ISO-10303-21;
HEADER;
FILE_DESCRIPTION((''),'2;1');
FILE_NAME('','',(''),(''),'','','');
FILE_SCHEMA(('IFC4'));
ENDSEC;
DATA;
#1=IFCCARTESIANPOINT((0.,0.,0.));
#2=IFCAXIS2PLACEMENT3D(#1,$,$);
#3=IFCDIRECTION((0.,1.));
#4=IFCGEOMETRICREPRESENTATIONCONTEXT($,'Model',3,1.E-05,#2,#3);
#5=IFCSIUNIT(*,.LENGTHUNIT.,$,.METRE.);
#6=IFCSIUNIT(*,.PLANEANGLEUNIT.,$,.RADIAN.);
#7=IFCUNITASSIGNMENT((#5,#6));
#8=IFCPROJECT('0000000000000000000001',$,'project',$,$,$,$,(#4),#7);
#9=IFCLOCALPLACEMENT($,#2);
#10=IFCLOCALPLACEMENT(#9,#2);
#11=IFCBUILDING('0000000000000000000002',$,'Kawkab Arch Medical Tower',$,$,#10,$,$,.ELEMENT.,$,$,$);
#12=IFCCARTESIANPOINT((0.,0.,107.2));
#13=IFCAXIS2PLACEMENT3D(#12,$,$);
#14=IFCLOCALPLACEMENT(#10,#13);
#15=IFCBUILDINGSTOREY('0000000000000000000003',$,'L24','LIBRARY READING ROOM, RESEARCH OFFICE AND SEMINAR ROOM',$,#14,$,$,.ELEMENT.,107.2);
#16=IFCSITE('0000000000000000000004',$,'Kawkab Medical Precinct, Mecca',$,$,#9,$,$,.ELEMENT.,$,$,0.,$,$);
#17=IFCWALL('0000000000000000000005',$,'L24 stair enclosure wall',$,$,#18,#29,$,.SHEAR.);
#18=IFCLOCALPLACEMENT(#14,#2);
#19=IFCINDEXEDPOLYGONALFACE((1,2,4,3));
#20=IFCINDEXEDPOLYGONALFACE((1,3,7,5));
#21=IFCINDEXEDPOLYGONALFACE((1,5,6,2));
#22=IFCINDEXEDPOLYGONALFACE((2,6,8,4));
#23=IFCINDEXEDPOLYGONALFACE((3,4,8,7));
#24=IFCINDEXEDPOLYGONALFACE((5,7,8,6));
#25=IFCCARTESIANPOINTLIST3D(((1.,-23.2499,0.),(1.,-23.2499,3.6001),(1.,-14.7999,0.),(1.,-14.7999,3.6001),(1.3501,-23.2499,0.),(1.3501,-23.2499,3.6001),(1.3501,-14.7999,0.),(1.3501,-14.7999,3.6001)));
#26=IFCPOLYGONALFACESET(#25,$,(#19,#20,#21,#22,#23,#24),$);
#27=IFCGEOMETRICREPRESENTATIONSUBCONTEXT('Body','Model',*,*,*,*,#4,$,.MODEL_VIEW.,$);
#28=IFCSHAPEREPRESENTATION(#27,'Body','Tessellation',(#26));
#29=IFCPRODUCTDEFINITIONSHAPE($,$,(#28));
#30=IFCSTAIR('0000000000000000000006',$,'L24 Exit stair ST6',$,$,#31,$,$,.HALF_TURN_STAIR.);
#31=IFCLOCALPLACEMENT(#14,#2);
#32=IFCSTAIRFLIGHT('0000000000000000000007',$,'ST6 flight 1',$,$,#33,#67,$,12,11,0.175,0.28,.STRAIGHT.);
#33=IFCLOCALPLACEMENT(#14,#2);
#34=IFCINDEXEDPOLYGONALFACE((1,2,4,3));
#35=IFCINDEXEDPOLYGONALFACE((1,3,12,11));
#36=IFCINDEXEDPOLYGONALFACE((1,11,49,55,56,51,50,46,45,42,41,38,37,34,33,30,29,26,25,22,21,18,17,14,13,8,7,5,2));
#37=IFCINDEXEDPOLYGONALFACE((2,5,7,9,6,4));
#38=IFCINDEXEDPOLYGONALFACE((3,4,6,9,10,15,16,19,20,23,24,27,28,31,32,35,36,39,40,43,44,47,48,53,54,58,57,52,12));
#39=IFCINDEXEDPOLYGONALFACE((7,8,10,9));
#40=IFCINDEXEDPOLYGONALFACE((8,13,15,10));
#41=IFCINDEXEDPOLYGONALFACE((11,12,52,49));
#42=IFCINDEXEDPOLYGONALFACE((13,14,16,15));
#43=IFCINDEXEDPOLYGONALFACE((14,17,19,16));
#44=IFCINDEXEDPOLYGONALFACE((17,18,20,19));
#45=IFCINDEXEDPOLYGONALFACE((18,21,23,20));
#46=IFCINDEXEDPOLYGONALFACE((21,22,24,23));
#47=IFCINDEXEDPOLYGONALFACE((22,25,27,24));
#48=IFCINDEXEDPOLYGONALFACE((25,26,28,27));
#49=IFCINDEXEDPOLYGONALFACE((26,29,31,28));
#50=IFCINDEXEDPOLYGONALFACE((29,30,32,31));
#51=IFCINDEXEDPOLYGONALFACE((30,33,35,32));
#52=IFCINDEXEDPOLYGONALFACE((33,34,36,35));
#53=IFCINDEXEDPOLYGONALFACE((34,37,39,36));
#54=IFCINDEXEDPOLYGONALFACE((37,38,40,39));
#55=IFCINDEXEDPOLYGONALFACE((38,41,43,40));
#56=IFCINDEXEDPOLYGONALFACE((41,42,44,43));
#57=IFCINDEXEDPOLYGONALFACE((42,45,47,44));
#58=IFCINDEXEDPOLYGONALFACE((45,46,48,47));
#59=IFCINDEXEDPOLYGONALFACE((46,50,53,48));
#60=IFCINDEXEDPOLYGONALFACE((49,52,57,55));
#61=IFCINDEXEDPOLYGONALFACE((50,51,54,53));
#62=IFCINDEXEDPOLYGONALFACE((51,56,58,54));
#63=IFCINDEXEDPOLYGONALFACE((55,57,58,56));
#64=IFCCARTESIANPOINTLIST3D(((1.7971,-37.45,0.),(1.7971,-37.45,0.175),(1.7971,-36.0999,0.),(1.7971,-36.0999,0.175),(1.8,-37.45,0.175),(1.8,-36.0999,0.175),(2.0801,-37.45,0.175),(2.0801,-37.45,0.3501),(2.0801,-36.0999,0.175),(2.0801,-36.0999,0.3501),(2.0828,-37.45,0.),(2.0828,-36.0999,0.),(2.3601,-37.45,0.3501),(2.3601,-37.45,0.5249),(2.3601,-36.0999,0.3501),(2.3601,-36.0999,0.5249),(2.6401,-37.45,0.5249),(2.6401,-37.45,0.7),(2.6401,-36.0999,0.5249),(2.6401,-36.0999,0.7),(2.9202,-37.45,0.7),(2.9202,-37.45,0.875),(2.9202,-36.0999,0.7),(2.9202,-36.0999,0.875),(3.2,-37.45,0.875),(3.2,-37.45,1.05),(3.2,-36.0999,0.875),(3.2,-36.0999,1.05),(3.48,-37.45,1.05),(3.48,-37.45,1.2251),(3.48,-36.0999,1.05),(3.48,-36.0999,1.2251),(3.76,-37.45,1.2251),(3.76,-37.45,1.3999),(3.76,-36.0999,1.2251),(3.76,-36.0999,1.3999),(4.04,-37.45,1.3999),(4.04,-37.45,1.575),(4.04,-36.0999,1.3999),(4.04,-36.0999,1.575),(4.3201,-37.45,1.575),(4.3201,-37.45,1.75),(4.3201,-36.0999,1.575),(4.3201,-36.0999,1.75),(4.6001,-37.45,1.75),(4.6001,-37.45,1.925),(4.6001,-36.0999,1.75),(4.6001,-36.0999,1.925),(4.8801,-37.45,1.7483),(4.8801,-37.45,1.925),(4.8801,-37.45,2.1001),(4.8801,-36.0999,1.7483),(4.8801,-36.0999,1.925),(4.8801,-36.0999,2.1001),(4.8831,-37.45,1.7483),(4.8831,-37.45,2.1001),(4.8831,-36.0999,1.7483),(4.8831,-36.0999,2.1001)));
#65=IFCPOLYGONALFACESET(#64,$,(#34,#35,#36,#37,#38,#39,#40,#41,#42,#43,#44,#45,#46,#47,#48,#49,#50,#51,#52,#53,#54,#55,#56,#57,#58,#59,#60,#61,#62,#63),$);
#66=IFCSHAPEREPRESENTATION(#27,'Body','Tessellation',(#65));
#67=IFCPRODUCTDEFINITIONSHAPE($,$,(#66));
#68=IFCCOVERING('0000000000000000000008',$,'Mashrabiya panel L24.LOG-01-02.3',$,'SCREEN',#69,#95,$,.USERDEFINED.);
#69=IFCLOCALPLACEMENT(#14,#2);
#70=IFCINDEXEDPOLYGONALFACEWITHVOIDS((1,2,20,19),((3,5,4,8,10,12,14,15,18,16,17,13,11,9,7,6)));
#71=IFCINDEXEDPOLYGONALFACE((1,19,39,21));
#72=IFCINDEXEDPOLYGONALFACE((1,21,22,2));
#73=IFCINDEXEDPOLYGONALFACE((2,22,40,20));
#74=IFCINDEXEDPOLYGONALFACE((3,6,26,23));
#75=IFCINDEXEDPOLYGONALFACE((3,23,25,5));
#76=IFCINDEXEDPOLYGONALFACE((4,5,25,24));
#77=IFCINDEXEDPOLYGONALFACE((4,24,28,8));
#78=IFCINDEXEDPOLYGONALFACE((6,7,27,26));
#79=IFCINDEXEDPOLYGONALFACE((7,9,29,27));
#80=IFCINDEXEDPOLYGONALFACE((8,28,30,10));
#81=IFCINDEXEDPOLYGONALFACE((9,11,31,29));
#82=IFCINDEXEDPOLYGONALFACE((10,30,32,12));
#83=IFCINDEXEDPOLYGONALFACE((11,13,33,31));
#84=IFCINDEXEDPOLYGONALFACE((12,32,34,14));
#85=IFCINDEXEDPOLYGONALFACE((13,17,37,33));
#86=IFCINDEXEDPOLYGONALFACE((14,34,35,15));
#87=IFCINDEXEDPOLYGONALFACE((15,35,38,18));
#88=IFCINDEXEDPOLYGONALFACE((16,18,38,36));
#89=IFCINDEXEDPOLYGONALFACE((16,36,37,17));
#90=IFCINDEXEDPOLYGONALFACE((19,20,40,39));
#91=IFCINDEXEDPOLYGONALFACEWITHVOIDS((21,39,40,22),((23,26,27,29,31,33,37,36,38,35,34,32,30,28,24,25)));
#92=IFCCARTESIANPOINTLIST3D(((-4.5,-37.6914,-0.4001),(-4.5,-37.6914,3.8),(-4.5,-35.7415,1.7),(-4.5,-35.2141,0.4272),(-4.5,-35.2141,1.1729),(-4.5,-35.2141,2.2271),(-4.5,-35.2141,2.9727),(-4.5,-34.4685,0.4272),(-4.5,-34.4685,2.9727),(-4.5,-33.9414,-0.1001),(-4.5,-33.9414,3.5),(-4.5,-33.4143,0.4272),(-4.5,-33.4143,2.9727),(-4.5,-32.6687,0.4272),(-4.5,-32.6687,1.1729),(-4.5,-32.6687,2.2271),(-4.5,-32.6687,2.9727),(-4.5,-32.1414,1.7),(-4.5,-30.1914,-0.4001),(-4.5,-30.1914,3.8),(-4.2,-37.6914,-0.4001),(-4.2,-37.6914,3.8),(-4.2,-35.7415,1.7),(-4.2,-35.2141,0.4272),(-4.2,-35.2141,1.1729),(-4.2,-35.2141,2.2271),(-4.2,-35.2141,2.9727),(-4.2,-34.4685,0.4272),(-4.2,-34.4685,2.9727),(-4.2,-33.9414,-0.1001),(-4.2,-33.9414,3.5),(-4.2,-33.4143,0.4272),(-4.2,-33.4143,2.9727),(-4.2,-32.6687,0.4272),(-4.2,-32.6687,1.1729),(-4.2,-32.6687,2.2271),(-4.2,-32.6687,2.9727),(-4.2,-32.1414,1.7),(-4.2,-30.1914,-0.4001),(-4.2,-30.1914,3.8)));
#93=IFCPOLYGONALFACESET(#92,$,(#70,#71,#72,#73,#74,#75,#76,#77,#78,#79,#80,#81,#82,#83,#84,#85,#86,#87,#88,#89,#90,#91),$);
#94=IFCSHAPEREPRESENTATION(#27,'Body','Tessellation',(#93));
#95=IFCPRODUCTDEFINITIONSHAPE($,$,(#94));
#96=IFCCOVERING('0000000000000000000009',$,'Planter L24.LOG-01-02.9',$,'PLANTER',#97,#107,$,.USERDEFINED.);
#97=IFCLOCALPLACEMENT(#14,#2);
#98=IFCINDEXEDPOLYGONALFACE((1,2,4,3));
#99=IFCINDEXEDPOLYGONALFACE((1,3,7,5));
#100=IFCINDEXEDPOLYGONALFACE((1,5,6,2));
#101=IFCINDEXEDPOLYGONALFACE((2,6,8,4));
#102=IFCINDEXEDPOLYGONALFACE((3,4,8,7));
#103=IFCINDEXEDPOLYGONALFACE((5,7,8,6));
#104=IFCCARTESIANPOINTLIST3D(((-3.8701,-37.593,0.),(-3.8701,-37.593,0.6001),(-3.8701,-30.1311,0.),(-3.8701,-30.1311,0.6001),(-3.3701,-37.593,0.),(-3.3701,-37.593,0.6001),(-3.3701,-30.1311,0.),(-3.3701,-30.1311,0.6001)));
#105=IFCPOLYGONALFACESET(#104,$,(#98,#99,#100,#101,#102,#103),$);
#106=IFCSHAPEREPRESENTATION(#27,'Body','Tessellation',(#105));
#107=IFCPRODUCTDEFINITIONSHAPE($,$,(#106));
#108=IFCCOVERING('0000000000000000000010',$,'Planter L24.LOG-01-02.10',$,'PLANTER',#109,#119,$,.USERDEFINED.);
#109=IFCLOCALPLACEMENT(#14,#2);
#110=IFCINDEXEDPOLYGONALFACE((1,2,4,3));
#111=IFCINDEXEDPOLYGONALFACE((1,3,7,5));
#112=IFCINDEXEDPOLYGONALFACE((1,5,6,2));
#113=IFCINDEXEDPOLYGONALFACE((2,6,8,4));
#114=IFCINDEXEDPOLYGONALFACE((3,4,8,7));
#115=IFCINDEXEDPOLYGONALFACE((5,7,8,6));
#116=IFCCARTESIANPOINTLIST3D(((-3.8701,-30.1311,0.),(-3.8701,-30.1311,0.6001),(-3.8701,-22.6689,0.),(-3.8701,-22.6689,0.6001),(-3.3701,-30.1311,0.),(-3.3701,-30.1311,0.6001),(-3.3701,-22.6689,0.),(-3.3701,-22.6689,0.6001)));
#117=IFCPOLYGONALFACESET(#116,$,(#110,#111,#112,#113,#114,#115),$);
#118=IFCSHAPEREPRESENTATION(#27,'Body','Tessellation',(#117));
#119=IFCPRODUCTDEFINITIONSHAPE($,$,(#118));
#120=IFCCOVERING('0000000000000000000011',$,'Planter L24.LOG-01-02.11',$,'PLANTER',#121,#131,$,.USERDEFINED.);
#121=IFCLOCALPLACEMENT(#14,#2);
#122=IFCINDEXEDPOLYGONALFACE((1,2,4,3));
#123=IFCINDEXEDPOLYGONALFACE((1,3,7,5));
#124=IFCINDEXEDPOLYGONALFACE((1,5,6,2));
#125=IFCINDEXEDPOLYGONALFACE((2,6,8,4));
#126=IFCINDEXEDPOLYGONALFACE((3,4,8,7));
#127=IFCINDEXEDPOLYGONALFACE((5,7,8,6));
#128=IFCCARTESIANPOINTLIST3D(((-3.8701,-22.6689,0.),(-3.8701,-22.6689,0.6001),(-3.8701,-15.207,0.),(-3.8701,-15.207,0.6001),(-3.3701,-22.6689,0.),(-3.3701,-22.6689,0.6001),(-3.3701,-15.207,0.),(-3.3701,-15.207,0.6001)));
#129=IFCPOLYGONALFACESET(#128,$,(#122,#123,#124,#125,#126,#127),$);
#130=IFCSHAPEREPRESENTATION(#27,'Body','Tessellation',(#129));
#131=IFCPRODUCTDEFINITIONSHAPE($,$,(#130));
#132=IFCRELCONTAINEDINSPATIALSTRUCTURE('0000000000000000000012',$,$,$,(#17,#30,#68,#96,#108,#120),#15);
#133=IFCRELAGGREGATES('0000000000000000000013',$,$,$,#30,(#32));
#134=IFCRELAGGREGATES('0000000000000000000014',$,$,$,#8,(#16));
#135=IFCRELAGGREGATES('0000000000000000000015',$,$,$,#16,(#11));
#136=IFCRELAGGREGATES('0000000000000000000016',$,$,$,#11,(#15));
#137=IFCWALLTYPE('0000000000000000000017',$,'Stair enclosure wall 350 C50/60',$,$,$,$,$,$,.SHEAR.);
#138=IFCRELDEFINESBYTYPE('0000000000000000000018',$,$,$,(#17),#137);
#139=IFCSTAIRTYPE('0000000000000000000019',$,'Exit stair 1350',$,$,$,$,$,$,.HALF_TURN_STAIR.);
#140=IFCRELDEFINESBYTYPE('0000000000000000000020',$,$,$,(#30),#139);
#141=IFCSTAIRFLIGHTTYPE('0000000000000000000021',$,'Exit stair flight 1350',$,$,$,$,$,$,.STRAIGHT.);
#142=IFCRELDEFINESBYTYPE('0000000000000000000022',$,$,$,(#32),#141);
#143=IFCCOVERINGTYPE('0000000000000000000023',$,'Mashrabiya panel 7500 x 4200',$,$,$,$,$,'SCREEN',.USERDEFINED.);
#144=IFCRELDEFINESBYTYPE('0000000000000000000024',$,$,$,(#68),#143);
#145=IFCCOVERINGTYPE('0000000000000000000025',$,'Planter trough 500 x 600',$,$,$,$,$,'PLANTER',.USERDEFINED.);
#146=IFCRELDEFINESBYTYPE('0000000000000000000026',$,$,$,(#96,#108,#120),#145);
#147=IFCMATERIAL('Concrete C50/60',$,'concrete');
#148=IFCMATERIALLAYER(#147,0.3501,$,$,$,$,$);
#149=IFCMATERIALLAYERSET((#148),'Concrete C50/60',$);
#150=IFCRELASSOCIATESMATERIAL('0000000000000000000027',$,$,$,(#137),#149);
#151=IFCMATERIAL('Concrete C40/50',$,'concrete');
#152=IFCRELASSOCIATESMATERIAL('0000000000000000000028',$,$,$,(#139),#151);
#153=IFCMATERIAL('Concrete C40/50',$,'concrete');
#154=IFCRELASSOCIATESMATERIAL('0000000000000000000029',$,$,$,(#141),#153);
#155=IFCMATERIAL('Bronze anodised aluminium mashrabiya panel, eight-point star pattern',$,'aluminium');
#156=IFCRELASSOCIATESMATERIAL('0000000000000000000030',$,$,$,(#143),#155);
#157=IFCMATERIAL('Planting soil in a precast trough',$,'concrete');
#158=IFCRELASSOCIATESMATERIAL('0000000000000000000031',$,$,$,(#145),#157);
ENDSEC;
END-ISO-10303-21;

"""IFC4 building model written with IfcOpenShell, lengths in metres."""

from ifc_helpers import new_model, si_unit, direction, frame, frame_2d, origin, origin_2d, place, context, subcontext, project, spatial, polyline, rectangle, outline, extrude, material, layer, layer_set, material_profile, profile_set, type_object, element, aggregate, save


model = new_model("IFC4")

# Units and contexts
model_context = context("Model", 3, precision=1e-05, world=origin(), true_north=direction((0.0, 1.0)))
body_context = subcontext(model_context, "Body", "Model", "MODEL_VIEW")
ifc_project = project(units=[si_unit("LENGTHUNIT", "METRE"), si_unit("PLANEANGLEUNIT", "RADIAN")], contexts=[model_context])

# Site, building, storey
site_placement = place(None, origin())
site = spatial("IfcSite", under=ifc_project, at=site_placement, Name="Kawkab Medical Precinct, Mecca", CompositionType="ELEMENT", RefElevation=0.0)
building_placement = place(site_placement, origin())
building = spatial("IfcBuilding", under=site, at=building_placement, Name="Kawkab Arch Medical Tower", CompositionType="ELEMENT")
storey_placement = place(building_placement, frame((0.0, 0.0, 107.2)))
storey = spatial("IfcBuildingStorey", under=building, at=storey_placement, Name="L24", Description="LIBRARY READING ROOM, RESEARCH OFFICE AND SEMINAR ROOM", CompositionType="ELEMENT", Elevation=107.2)

# Shared definitions
placement = place(storey_placement, origin())

# Wall
ifc_material_1 = material(Name="Concrete C50/60", Category="concrete")
ifc_layer_1 = layer(ifc_material_1, 0.3501)
ifc_layer_set_1 = layer_set([ifc_layer_1], Name="Concrete C50/60")
wall_type_1 = type_object("IfcWallType", Name="Stair enclosure wall 350 C50/60", PredefinedType="SHEAR", material=ifc_layer_set_1)
wall_1_placement = place(storey_placement, frame((1.175, -23.25, 0.0), z_axis=(0.0, 0.0, 1.0), x_axis=(0.0, 1.0, 0.0)))
element("IfcWall", 1, at=wall_1_placement, inside=storey, type_object=wall_type_1, Name="L24 stair enclosure wall", PredefinedType="SHEAR", context=body_context, shape_type="SweptSolid", body=[
    extrude(rectangle(XDim=8.45, YDim=0.3501, at=frame_2d((4.2251, 0.0))), origin(), (0.0, 0.0, 1.0), 3.6001),
])

# Stair, stair flight
ifc_material_2 = material(Name="Concrete C40/50", Category="concrete")
stair_type = type_object("IfcStairType", Name="Exit stair 1350", PredefinedType="HALF_TURN_STAIR", material=ifc_material_2)
stair = element("IfcStair", 2, at=placement, inside=storey, type_object=stair_type, Name="L24 Exit stair ST6", PredefinedType="HALF_TURN_STAIR")
ifc_material_3 = material(Name="Concrete C40/50", Category="concrete")
stair_flight_type = type_object("IfcStairFlightType", Name="Exit stair flight 1350", PredefinedType="STRAIGHT", material=ifc_material_3)
stair_flight_placement = place(storey_placement, frame((1.8, -36.7749, 0.0), z_axis=(0.0, 0.0, 1.0), x_axis=(1.0, 0.0, 0.0)))
stair_flight = element("IfcStairFlight", 3, at=stair_flight_placement, type_object=stair_flight_type, Name="ST6 flight 1", NumberOfRisers=12, NumberOfTreads=11, PredefinedType="STRAIGHT", RiserHeight=0.175, TreadLength=0.28, context=body_context, shape_type="SweptSolid", body=[
    extrude(outline(polyline([(-0.0029, 0.0), (-0.0029, 0.175), (0.0, 0.175), (0.28, 0.175), (0.28, 0.3501), (0.5601, 0.3501), (0.5601, 0.5249), (0.8401, 0.5249), (0.8401, 0.7), (1.1201, 0.7), (1.1201, 0.875), (1.3999, 0.875), (1.3999, 1.05), (1.6799, 1.05), (1.6799, 1.2251), (1.96, 1.2251), (1.96, 1.3999), (2.24, 1.3999), (2.24, 1.575), (2.52, 1.575), (2.52, 1.75), (2.8, 1.75), (2.8, 1.925), (3.0801, 1.925), (3.0801, 2.1001), (3.083, 2.1001), (3.083, 1.7483), (3.0801, 1.7483), (0.2827, 0.0), (-0.0029, 0.0)])), frame((0.0, 0.675, 0.0), z_axis=(0.0, -1.0, 0.0), x_axis=(1.0, 0.0, 0.0)), (0.0, 0.0, 1.0), 1.3501),
])
aggregate(stair, [stair_flight])

# Coverings
ifc_material_4 = material(Name="Bronze anodised aluminium mashrabiya panel, eight-point star pattern", Category="aluminium")
ifc_material_profile_1 = material_profile(ifc_material_4, outline(polyline([(-3.75, -2.1001), (3.75, -2.1001), (3.75, 2.1001), (-3.75, 2.1001), (-3.75, -2.1001)]), holes=[polyline([(1.8, 0.0), (1.2727, 0.5271), (1.2727, 1.2727), (0.5271, 1.2727), (0.0, 1.8), (-0.5271, 1.2727), (-1.2727, 1.2727), (-1.2727, 0.5271), (-1.8, 0.0), (-1.2727, -0.5271), (-1.2727, -1.2727), (-0.5271, -1.2727), (0.0, -1.8), (0.5271, -1.2727), (1.2727, -1.2727), (1.2727, -0.5271), (1.8, 0.0)])]), Name="Mashrabiya panel 7500x4200")
ifc_profile_set_1 = profile_set([ifc_material_profile_1], Name="Bronze anodised aluminium mashrabiya panel, eight-point star pattern")
covering_type_1 = type_object("IfcCoveringType", Name="Mashrabiya panel 7500 x 4200", ElementType="SCREEN", PredefinedType="USERDEFINED", material=ifc_profile_set_1)
covering_1_placement = place(storey_placement, frame((-4.2, -33.9414, 1.7), z_axis=(-1.0, 0.0, 0.0), x_axis=(0.0, -1.0, 0.0)))
element("IfcCovering", 4, at=covering_1_placement, inside=storey, type_object=covering_type_1, Name="Mashrabiya panel L24.LOG-01-02.3", ObjectType="SCREEN", PredefinedType="USERDEFINED", context=body_context, shape_type="SweptSolid", body=[
    extrude(outline(polyline([(-3.75, -2.1001), (3.75, -2.1001), (3.75, 2.1001), (-3.75, 2.1001), (-3.75, -2.1001)]), holes=[polyline([(1.8, 0.0), (1.2727, 0.5271), (1.2727, 1.2727), (0.5271, 1.2727), (0.0, 1.8), (-0.5271, 1.2727), (-1.2727, 1.2727), (-1.2727, 0.5271), (-1.8, 0.0), (-1.2727, -0.5271), (-1.2727, -1.2727), (-0.5271, -1.2727), (0.0, -1.8), (0.5271, -1.2727), (1.2727, -1.2727), (1.2727, -0.5271), (1.8, 0.0)])]), origin(), (0.0, 0.0, 1.0), 0.3),
])
ifc_material_5 = material(Name="Planting soil in a precast trough", Category="concrete")
ifc_material_profile_2 = material_profile(ifc_material_5, rectangle(XDim=0.5, YDim=0.6001, at=origin_2d()), Name="Trough 500x600")
ifc_profile_set_2 = profile_set([ifc_material_profile_2], Name="Planting soil in a precast trough")
covering_type_2 = type_object("IfcCoveringType", Name="Planter trough 500 x 600", ElementType="PLANTER", PredefinedType="USERDEFINED", material=ifc_profile_set_2)
covering_2_placement = place(storey_placement, frame((-3.6201, -37.593, 0.3), z_axis=(0.0, 1.0, 0.0), x_axis=(-1.0, 0.0, 0.0)))
element("IfcCovering", 5, at=covering_2_placement, inside=storey, type_object=covering_type_2, Name="Planter L24.LOG-01-02.9", ObjectType="PLANTER", PredefinedType="USERDEFINED", context=body_context, shape_type="SweptSolid", body=[
    extrude(rectangle(XDim=0.5, YDim=0.6001, at=origin_2d()), origin(), (0.0, 0.0, 1.0), 7.4619),
])
covering_3_placement = place(storey_placement, frame((-3.6201, -30.1311, 0.3), z_axis=(0.0, 1.0, 0.0), x_axis=(-1.0, 0.0, 0.0)))
element("IfcCovering", 6, at=covering_3_placement, inside=storey, type_object=covering_type_2, Name="Planter L24.LOG-01-02.10", ObjectType="PLANTER", PredefinedType="USERDEFINED", context=body_context, shape_type="SweptSolid", body=[
    extrude(rectangle(XDim=0.5, YDim=0.6001, at=origin_2d()), origin(), (0.0, 0.0, 1.0), 7.4622),
])
covering_4_placement = place(storey_placement, frame((-3.6201, -22.6689, 0.3), z_axis=(0.0, 1.0, 0.0), x_axis=(-1.0, 0.0, 0.0)))
element("IfcCovering", 7, at=covering_4_placement, inside=storey, type_object=covering_type_2, Name="Planter L24.LOG-01-02.11", ObjectType="PLANTER", PredefinedType="USERDEFINED", context=body_context, shape_type="SweptSolid", body=[
    extrude(rectangle(XDim=0.5, YDim=0.6001, at=origin_2d()), origin(), (0.0, 0.0, 1.0), 7.4619),
])

save(model, "model.ifc")
